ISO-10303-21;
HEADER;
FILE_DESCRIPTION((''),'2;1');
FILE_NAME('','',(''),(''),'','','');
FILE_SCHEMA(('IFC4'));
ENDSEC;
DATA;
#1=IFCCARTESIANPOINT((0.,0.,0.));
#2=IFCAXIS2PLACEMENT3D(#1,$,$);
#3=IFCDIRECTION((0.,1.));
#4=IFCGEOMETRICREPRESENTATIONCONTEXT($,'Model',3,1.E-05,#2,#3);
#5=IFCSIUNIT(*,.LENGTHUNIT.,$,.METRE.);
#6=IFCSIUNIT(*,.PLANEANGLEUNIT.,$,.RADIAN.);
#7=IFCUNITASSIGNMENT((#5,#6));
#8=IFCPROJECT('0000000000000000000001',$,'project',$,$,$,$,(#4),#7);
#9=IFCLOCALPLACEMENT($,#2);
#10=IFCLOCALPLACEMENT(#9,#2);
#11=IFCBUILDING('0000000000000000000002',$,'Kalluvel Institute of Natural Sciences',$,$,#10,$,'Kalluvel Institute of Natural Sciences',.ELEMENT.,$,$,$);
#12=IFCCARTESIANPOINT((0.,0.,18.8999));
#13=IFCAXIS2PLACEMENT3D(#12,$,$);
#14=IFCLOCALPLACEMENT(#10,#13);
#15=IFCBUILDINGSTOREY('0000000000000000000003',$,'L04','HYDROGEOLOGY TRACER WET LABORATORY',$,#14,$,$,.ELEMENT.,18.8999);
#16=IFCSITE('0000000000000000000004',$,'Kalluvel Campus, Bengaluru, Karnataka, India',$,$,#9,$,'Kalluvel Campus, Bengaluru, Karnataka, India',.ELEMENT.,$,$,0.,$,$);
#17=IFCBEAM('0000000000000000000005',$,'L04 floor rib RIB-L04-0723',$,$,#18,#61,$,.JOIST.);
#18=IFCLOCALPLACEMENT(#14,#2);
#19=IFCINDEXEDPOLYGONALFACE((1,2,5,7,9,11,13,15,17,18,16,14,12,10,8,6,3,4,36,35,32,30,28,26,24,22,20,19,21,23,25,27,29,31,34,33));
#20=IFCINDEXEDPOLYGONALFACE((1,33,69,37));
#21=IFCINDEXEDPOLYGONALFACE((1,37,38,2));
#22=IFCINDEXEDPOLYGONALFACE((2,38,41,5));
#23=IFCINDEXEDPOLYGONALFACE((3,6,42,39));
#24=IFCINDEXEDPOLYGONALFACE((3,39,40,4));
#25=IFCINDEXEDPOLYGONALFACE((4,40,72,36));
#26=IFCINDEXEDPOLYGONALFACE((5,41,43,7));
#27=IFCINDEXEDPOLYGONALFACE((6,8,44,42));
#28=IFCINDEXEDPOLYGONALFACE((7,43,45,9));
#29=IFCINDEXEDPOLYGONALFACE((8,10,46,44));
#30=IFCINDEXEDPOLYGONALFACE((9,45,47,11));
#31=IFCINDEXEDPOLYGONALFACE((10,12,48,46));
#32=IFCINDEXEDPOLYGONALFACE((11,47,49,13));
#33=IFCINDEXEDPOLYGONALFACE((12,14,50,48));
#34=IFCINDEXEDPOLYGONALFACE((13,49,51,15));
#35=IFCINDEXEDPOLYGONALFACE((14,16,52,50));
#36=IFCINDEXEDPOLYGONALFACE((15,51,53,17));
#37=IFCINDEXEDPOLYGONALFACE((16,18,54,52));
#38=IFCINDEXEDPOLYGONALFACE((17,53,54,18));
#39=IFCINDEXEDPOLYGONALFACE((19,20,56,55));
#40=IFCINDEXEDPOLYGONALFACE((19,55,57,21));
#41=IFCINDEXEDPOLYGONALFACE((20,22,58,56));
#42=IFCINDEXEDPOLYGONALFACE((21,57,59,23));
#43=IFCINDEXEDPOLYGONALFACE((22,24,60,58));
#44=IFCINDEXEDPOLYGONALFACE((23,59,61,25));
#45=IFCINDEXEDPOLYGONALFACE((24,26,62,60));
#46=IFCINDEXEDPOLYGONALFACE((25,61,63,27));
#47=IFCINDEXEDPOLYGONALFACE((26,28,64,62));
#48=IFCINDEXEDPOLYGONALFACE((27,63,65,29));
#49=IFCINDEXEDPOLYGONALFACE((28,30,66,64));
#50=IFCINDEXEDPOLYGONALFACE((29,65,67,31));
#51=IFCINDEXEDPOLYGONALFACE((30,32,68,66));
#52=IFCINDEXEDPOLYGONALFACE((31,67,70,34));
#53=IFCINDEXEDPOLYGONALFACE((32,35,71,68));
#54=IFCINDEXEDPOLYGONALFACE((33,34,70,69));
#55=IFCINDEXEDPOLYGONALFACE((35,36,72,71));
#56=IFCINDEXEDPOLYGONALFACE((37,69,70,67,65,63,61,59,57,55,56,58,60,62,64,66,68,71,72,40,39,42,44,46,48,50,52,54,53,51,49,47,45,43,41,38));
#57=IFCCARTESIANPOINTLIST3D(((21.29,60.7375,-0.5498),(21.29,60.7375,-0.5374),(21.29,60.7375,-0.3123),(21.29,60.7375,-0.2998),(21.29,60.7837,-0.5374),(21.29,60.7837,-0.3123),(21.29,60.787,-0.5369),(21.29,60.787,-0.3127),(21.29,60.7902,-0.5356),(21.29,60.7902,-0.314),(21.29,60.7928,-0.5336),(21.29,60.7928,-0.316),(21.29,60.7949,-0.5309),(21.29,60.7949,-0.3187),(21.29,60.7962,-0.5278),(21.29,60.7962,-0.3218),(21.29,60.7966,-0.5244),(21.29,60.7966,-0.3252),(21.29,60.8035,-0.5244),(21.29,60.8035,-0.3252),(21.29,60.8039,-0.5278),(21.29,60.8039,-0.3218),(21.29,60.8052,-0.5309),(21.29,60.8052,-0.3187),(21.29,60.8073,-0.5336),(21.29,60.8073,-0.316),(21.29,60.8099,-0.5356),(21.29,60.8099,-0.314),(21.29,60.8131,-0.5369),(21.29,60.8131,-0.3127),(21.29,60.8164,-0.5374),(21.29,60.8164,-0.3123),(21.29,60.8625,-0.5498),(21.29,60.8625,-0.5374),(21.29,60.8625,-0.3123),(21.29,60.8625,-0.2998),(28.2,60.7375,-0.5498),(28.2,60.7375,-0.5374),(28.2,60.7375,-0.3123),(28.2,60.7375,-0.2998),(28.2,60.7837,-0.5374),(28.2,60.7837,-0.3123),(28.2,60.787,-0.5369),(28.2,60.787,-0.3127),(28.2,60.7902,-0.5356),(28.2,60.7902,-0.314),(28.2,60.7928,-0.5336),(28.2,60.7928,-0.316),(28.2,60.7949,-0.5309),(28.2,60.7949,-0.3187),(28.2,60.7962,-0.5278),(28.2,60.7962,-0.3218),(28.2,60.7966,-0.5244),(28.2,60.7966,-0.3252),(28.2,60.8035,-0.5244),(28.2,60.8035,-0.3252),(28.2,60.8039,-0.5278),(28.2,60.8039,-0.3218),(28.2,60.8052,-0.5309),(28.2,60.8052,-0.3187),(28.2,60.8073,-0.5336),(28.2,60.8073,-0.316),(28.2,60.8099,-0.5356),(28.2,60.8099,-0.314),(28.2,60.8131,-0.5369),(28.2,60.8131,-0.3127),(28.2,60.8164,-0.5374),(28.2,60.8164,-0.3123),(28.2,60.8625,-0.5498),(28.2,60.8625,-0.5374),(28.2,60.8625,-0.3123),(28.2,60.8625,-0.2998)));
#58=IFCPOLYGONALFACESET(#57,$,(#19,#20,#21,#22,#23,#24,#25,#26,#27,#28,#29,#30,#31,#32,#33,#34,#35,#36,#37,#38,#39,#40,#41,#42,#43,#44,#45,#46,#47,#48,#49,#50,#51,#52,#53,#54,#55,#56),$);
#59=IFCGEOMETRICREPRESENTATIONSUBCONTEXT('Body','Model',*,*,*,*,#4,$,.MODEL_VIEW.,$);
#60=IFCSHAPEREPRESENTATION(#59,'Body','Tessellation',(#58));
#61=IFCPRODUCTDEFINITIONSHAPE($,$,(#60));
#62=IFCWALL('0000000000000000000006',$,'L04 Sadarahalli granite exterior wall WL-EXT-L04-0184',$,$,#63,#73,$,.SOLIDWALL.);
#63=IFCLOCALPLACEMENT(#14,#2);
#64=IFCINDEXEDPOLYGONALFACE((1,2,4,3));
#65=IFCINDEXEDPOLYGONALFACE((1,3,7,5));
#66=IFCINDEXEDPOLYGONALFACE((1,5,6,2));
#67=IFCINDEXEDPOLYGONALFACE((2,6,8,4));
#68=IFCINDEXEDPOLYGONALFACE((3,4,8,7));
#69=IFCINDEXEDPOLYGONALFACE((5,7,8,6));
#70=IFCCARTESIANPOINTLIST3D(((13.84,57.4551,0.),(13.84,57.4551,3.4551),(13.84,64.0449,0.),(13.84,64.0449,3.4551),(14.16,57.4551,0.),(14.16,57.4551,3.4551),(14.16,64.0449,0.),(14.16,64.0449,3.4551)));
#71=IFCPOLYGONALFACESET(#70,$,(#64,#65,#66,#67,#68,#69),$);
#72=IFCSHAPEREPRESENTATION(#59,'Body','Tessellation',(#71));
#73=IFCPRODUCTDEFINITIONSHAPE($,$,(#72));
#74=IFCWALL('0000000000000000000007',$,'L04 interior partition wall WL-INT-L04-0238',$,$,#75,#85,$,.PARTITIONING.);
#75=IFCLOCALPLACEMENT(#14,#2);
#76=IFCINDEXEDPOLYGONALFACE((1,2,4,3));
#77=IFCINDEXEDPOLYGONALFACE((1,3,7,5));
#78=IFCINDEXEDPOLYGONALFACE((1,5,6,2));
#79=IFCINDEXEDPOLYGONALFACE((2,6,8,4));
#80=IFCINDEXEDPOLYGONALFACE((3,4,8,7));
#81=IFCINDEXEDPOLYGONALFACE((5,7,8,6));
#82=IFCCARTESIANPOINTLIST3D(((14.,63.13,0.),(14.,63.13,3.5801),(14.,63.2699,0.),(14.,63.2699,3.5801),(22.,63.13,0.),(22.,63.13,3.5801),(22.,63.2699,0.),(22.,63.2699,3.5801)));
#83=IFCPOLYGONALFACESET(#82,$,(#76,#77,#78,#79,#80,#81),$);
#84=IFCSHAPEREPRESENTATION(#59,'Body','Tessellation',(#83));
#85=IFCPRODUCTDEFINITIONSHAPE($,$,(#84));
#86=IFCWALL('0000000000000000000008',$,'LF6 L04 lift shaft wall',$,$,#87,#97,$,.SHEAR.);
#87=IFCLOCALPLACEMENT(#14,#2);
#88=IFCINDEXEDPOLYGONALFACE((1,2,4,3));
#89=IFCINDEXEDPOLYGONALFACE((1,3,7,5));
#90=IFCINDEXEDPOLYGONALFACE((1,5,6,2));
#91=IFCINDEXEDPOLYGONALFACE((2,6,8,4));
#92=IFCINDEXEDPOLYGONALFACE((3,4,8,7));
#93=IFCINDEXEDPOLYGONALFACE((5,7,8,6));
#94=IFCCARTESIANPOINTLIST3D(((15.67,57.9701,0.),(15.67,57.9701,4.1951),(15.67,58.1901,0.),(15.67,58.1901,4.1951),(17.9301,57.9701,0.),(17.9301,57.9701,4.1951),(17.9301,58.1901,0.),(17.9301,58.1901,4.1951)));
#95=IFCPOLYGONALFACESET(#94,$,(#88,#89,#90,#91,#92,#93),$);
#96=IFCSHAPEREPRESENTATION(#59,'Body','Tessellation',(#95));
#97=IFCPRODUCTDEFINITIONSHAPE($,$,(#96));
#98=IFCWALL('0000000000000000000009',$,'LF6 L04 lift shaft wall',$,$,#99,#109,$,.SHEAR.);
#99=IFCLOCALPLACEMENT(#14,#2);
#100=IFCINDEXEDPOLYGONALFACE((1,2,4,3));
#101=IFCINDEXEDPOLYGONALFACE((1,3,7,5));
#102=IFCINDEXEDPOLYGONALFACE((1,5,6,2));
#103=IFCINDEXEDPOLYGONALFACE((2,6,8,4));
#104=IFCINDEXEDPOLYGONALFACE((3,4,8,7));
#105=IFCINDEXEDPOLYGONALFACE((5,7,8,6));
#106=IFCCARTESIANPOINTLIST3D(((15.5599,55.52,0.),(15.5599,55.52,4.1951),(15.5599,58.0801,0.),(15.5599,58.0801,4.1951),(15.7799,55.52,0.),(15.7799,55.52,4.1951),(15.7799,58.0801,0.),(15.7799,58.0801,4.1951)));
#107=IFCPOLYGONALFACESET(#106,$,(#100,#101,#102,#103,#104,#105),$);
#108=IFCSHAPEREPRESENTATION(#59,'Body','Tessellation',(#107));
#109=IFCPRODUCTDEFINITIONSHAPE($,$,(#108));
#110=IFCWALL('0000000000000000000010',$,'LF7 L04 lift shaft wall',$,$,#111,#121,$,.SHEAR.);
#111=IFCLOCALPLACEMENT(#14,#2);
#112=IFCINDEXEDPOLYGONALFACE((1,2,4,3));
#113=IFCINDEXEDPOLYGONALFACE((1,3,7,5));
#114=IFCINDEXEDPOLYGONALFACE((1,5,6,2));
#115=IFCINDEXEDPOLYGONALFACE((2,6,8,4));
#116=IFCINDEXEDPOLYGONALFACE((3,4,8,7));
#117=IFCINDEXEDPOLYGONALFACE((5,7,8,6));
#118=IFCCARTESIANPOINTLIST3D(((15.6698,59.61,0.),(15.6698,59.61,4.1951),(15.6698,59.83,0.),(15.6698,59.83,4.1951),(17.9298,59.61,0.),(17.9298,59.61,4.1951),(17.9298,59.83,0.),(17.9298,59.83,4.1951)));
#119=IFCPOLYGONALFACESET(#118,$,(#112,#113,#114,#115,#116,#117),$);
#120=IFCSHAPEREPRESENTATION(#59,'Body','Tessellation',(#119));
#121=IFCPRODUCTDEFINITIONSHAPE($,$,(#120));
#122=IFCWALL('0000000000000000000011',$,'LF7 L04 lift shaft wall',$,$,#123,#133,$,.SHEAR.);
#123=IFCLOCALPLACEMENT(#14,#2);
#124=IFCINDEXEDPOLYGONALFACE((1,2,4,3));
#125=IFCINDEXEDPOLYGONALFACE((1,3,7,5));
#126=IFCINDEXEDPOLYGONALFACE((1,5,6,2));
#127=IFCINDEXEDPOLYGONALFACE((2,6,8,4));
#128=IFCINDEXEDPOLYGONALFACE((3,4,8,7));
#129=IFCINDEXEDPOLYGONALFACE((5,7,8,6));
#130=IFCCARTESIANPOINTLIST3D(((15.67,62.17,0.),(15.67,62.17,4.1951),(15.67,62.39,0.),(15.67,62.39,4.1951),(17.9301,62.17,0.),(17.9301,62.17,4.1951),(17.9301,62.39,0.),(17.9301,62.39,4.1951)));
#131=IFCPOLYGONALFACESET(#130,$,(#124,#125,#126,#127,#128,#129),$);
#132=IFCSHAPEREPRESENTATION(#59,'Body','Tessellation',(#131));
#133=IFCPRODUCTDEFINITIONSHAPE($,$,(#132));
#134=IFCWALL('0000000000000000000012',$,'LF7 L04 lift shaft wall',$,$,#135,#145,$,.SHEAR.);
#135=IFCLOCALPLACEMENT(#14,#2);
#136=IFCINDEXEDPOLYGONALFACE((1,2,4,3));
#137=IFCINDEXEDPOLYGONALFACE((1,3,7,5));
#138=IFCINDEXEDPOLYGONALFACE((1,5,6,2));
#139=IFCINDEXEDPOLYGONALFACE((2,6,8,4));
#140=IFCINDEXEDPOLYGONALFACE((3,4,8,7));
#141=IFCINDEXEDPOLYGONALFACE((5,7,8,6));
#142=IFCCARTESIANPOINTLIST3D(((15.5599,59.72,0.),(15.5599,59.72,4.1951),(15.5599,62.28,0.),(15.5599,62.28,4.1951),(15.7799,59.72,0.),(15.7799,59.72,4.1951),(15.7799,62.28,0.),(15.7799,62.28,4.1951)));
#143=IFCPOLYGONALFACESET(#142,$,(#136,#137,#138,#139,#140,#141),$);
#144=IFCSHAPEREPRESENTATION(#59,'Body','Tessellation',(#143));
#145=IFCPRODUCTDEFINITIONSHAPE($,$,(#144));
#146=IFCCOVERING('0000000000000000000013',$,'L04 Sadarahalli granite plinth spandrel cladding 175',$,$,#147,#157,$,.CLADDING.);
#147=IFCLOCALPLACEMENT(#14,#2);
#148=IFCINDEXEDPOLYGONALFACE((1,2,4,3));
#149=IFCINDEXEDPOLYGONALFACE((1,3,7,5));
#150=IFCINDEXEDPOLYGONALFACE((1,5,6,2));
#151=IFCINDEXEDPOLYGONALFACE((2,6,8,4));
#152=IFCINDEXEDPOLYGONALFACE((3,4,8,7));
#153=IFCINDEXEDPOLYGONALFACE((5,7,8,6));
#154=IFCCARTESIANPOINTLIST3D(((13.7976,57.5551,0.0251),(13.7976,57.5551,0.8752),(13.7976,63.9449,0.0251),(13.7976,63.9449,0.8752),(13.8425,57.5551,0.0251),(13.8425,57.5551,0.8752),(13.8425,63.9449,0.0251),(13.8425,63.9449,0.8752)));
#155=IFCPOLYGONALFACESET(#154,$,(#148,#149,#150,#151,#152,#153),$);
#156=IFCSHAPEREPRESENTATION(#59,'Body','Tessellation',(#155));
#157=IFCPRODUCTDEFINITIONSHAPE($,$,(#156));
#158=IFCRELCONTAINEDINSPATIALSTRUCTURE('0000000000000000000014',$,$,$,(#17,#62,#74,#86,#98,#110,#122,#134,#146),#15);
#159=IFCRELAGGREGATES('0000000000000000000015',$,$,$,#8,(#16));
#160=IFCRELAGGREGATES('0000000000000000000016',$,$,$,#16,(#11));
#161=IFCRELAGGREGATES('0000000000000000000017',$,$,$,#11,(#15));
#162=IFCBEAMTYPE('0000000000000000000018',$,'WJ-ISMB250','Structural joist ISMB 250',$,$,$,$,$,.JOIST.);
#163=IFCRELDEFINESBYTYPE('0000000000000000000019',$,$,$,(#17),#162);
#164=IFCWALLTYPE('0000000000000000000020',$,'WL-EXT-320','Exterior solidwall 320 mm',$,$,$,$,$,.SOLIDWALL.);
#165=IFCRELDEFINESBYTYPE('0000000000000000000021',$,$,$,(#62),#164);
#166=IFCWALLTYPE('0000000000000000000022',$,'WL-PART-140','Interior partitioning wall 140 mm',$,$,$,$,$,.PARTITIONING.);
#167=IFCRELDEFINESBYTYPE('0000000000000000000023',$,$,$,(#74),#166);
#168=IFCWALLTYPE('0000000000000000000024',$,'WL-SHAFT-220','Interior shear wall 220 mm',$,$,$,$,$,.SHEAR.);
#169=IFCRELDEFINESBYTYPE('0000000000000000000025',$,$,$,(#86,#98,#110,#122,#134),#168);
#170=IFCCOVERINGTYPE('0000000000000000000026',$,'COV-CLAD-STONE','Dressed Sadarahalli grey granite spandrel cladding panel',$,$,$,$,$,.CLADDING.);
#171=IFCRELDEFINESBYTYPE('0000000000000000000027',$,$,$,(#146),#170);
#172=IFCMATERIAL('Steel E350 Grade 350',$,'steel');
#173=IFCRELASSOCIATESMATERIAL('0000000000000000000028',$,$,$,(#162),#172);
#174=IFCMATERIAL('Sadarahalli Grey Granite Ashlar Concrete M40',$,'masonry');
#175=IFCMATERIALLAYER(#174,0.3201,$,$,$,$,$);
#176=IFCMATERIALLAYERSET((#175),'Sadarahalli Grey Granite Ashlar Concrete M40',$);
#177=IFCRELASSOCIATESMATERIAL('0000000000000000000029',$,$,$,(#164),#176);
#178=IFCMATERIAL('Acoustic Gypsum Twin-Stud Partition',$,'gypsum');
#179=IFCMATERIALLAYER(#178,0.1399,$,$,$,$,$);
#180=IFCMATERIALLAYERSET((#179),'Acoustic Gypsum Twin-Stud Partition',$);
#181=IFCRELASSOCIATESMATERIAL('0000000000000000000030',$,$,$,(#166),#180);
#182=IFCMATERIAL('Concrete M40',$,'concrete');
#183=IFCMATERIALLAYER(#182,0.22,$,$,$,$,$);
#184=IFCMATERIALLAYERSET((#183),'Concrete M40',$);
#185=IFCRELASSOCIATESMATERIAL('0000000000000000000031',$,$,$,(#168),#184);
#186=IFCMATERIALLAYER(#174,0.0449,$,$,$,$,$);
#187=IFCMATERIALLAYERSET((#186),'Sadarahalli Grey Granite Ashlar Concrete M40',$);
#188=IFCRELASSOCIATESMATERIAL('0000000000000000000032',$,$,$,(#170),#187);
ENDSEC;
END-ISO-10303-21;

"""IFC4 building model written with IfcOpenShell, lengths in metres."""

from ifc_helpers import new_model, si_unit, direction, frame, frame_2d, origin, origin_2d, place, context, subcontext, project, spatial, rectangle, i_section, extrude, material, layer, layer_set, material_profile, profile_set, type_object, element, save


model = new_model("IFC4")

# Units and contexts
model_context = context("Model", 3, precision=1e-05, world=origin(), true_north=direction((0.0, 1.0)))
body_context = subcontext(model_context, "Body", "Model", "MODEL_VIEW")
ifc_project = project(units=[si_unit("LENGTHUNIT", "METRE"), si_unit("PLANEANGLEUNIT", "RADIAN")], contexts=[model_context])

# Site, building, storey
site_placement = place(None, origin())
site = spatial("IfcSite", under=ifc_project, at=site_placement, Name="Kalluvel Campus, Bengaluru, Karnataka, India", LongName="Kalluvel Campus, Bengaluru, Karnataka, India", CompositionType="ELEMENT", RefElevation=0.0)
building_placement = place(site_placement, origin())
building = spatial("IfcBuilding", under=site, at=building_placement, Name="Kalluvel Institute of Natural Sciences", LongName="Kalluvel Institute of Natural Sciences", CompositionType="ELEMENT")
storey_placement = place(building_placement, frame((0.0, 0.0, 18.8999)))
storey = spatial("IfcBuildingStorey", under=building, at=storey_placement, Name="L04", Description="HYDROGEOLOGY TRACER WET LABORATORY", CompositionType="ELEMENT", Elevation=18.8999)

# Shared definitions
ifc_material_1 = material(Name="Concrete M40", Category="concrete")

# Beam
ifc_material_2 = material(Name="Steel E350 Grade 350", Category="steel")
ifc_material_profile_1 = material_profile(ifc_material_2, i_section(OverallWidth=0.125, OverallDepth=0.25, WebThickness=0.0068, FlangeThickness=0.0125, FilletRadius=0.0129, at=origin_2d()), Name="ISMB 250")
ifc_profile_set_1 = profile_set([ifc_material_profile_1], Name="Steel E350 Grade 350")
beam_type_1 = type_object("IfcBeamType", Name="WJ-ISMB250", Description="Structural joist ISMB 250", PredefinedType="JOIST", material=ifc_profile_set_1)
beam_1_placement = place(storey_placement, frame((21.29, 60.8, -0.4248), z_axis=(1.0, 0.0, 0.0), x_axis=(0.0, 1.0, 0.0)))
element("IfcBeam", 1, at=beam_1_placement, inside=storey, type_object=beam_type_1, Name="L04 floor rib RIB-L04-0723", PredefinedType="JOIST", context=body_context, shape_type="SweptSolid", body=[
    extrude(i_section(OverallWidth=0.125, OverallDepth=0.25, WebThickness=0.0068, FlangeThickness=0.0125, FilletRadius=0.0129, at=origin_2d()), origin(), (0.0, 0.0, 1.0), 6.9099),
])

# Walls
ifc_material_3 = material(Name="Sadarahalli Grey Granite Ashlar Concrete M40", Category="masonry")
ifc_layer_1 = layer(ifc_material_3, 0.3201)
ifc_layer_set_1 = layer_set([ifc_layer_1], Name="Sadarahalli Grey Granite Ashlar Concrete M40")
wall_type_1 = type_object("IfcWallType", Name="WL-EXT-320", Description="Exterior solidwall 320 mm", PredefinedType="SOLIDWALL", material=ifc_layer_set_1)
wall_1_placement = place(storey_placement, frame((14.0, 57.4551, 0.0), z_axis=(0.0, 0.0, 1.0), x_axis=(0.0, 1.0, 0.0)))
element("IfcWall", 2, at=wall_1_placement, inside=storey, type_object=wall_type_1, Name="L04 Sadarahalli granite exterior wall WL-EXT-L04-0184", PredefinedType="SOLIDWALL", context=body_context, shape_type="SweptSolid", body=[
    extrude(rectangle(XDim=6.5898, YDim=0.3201, at=frame_2d((3.2949, 0.0))), origin(), (0.0, 0.0, 1.0), 3.4551),
])
ifc_material_4 = material(Name="Acoustic Gypsum Twin-Stud Partition", Category="gypsum")
ifc_layer_2 = layer(ifc_material_4, 0.1399)
ifc_layer_set_2 = layer_set([ifc_layer_2], Name="Acoustic Gypsum Twin-Stud Partition")
wall_type_2 = type_object("IfcWallType", Name="WL-PART-140", Description="Interior partitioning wall 140 mm", PredefinedType="PARTITIONING", material=ifc_layer_set_2)
wall_2_placement = place(storey_placement, frame((14.0, 63.2, 0.0), z_axis=(0.0, 0.0, 1.0), x_axis=(1.0, 0.0, 0.0)))
element("IfcWall", 3, at=wall_2_placement, inside=storey, type_object=wall_type_2, Name="L04 interior partition wall WL-INT-L04-0238", PredefinedType="PARTITIONING", context=body_context, shape_type="SweptSolid", body=[
    extrude(rectangle(XDim=8.0, YDim=0.1399, at=frame_2d((4.0, 0.0))), origin(), (0.0, 0.0, 1.0), 3.5801),
])
ifc_layer_3 = layer(ifc_material_1, 0.22)
ifc_layer_set_3 = layer_set([ifc_layer_3], Name="Concrete M40")
wall_type_3 = type_object("IfcWallType", Name="WL-SHAFT-220", Description="Interior shear wall 220 mm", PredefinedType="SHEAR", material=ifc_layer_set_3)
wall_3_placement = place(storey_placement, frame((17.9299, 58.0801, 0.0), z_axis=(0.0, 0.0, 1.0), x_axis=(-1.0, 0.0, 0.0)))
element("IfcWall", 4, at=wall_3_placement, inside=storey, type_object=wall_type_3, Name="LF6 L04 lift shaft wall", PredefinedType="SHEAR", context=body_context, shape_type="SweptSolid", body=[
    extrude(rectangle(XDim=2.26, YDim=0.22, at=frame_2d((1.1299, 0.0))), origin(), (0.0, 0.0, 1.0), 4.1951),
])
wall_4_placement = place(storey_placement, frame((15.6699, 58.0801, 0.0), z_axis=(0.0, 0.0, 1.0), x_axis=(0.0, -1.0, 0.0)))
element("IfcWall", 5, at=wall_4_placement, inside=storey, type_object=wall_type_3, Name="LF6 L04 lift shaft wall", PredefinedType="SHEAR", context=body_context, shape_type="SweptSolid", body=[
    extrude(rectangle(XDim=2.5601, YDim=0.22, at=frame_2d((1.28, 0.0))), origin(), (0.0, 0.0, 1.0), 4.1951),
])
wall_5_placement = place(storey_placement, frame((15.6699, 59.72, 0.0), z_axis=(0.0, 0.0, 1.0), x_axis=(1.0, 0.0, 0.0)))
element("IfcWall", 6, at=wall_5_placement, inside=storey, type_object=wall_type_3, Name="LF7 L04 lift shaft wall", PredefinedType="SHEAR", context=body_context, shape_type="SweptSolid", body=[
    extrude(rectangle(XDim=2.26, YDim=0.22, at=frame_2d((1.1299, 0.0))), origin(), (0.0, 0.0, 1.0), 4.1951),
])

# Walls
wall_6_placement = place(storey_placement, frame((17.9299, 62.28, 0.0), z_axis=(0.0, 0.0, 1.0), x_axis=(-1.0, 0.0, 0.0)))
element("IfcWall", 7, at=wall_6_placement, inside=storey, type_object=wall_type_3, Name="LF7 L04 lift shaft wall", PredefinedType="SHEAR", context=body_context, shape_type="SweptSolid", body=[
    extrude(rectangle(XDim=2.26, YDim=0.22, at=frame_2d((1.1299, 0.0))), origin(), (0.0, 0.0, 1.0), 4.1951),
])
wall_7_placement = place(storey_placement, frame((15.6699, 62.28, 0.0), z_axis=(0.0, 0.0, 1.0), x_axis=(0.0, -1.0, 0.0)))
element("IfcWall", 8, at=wall_7_placement, inside=storey, type_object=wall_type_3, Name="LF7 L04 lift shaft wall", PredefinedType="SHEAR", context=body_context, shape_type="SweptSolid", body=[
    extrude(rectangle(XDim=2.5601, YDim=0.22, at=frame_2d((1.28, 0.0))), origin(), (0.0, 0.0, 1.0), 4.1951),
])

# Covering
ifc_layer_4 = layer(ifc_material_3, 0.0449)
ifc_layer_set_4 = layer_set([ifc_layer_4], Name="Sadarahalli Grey Granite Ashlar Concrete M40")
covering_type = type_object("IfcCoveringType", Name="COV-CLAD-STONE", Description="Dressed Sadarahalli grey granite spandrel cladding panel", PredefinedType="CLADDING", material=ifc_layer_set_4)
covering_placement = place(storey_placement, frame((13.8201, 60.75, 0.0251), z_axis=(0.0, 0.0, 1.0), x_axis=(0.0, 1.0, 0.0)))
element("IfcCovering", 9, at=covering_placement, inside=storey, type_object=covering_type, Name="L04 Sadarahalli granite plinth spandrel cladding 175", PredefinedType="CLADDING", context=body_context, shape_type="SweptSolid", body=[
    extrude(rectangle(XDim=6.3899, YDim=0.0449, at=origin_2d()), origin(), (0.0, 0.0, 1.0), 0.8501),
])

save(model, "model.ifc")
